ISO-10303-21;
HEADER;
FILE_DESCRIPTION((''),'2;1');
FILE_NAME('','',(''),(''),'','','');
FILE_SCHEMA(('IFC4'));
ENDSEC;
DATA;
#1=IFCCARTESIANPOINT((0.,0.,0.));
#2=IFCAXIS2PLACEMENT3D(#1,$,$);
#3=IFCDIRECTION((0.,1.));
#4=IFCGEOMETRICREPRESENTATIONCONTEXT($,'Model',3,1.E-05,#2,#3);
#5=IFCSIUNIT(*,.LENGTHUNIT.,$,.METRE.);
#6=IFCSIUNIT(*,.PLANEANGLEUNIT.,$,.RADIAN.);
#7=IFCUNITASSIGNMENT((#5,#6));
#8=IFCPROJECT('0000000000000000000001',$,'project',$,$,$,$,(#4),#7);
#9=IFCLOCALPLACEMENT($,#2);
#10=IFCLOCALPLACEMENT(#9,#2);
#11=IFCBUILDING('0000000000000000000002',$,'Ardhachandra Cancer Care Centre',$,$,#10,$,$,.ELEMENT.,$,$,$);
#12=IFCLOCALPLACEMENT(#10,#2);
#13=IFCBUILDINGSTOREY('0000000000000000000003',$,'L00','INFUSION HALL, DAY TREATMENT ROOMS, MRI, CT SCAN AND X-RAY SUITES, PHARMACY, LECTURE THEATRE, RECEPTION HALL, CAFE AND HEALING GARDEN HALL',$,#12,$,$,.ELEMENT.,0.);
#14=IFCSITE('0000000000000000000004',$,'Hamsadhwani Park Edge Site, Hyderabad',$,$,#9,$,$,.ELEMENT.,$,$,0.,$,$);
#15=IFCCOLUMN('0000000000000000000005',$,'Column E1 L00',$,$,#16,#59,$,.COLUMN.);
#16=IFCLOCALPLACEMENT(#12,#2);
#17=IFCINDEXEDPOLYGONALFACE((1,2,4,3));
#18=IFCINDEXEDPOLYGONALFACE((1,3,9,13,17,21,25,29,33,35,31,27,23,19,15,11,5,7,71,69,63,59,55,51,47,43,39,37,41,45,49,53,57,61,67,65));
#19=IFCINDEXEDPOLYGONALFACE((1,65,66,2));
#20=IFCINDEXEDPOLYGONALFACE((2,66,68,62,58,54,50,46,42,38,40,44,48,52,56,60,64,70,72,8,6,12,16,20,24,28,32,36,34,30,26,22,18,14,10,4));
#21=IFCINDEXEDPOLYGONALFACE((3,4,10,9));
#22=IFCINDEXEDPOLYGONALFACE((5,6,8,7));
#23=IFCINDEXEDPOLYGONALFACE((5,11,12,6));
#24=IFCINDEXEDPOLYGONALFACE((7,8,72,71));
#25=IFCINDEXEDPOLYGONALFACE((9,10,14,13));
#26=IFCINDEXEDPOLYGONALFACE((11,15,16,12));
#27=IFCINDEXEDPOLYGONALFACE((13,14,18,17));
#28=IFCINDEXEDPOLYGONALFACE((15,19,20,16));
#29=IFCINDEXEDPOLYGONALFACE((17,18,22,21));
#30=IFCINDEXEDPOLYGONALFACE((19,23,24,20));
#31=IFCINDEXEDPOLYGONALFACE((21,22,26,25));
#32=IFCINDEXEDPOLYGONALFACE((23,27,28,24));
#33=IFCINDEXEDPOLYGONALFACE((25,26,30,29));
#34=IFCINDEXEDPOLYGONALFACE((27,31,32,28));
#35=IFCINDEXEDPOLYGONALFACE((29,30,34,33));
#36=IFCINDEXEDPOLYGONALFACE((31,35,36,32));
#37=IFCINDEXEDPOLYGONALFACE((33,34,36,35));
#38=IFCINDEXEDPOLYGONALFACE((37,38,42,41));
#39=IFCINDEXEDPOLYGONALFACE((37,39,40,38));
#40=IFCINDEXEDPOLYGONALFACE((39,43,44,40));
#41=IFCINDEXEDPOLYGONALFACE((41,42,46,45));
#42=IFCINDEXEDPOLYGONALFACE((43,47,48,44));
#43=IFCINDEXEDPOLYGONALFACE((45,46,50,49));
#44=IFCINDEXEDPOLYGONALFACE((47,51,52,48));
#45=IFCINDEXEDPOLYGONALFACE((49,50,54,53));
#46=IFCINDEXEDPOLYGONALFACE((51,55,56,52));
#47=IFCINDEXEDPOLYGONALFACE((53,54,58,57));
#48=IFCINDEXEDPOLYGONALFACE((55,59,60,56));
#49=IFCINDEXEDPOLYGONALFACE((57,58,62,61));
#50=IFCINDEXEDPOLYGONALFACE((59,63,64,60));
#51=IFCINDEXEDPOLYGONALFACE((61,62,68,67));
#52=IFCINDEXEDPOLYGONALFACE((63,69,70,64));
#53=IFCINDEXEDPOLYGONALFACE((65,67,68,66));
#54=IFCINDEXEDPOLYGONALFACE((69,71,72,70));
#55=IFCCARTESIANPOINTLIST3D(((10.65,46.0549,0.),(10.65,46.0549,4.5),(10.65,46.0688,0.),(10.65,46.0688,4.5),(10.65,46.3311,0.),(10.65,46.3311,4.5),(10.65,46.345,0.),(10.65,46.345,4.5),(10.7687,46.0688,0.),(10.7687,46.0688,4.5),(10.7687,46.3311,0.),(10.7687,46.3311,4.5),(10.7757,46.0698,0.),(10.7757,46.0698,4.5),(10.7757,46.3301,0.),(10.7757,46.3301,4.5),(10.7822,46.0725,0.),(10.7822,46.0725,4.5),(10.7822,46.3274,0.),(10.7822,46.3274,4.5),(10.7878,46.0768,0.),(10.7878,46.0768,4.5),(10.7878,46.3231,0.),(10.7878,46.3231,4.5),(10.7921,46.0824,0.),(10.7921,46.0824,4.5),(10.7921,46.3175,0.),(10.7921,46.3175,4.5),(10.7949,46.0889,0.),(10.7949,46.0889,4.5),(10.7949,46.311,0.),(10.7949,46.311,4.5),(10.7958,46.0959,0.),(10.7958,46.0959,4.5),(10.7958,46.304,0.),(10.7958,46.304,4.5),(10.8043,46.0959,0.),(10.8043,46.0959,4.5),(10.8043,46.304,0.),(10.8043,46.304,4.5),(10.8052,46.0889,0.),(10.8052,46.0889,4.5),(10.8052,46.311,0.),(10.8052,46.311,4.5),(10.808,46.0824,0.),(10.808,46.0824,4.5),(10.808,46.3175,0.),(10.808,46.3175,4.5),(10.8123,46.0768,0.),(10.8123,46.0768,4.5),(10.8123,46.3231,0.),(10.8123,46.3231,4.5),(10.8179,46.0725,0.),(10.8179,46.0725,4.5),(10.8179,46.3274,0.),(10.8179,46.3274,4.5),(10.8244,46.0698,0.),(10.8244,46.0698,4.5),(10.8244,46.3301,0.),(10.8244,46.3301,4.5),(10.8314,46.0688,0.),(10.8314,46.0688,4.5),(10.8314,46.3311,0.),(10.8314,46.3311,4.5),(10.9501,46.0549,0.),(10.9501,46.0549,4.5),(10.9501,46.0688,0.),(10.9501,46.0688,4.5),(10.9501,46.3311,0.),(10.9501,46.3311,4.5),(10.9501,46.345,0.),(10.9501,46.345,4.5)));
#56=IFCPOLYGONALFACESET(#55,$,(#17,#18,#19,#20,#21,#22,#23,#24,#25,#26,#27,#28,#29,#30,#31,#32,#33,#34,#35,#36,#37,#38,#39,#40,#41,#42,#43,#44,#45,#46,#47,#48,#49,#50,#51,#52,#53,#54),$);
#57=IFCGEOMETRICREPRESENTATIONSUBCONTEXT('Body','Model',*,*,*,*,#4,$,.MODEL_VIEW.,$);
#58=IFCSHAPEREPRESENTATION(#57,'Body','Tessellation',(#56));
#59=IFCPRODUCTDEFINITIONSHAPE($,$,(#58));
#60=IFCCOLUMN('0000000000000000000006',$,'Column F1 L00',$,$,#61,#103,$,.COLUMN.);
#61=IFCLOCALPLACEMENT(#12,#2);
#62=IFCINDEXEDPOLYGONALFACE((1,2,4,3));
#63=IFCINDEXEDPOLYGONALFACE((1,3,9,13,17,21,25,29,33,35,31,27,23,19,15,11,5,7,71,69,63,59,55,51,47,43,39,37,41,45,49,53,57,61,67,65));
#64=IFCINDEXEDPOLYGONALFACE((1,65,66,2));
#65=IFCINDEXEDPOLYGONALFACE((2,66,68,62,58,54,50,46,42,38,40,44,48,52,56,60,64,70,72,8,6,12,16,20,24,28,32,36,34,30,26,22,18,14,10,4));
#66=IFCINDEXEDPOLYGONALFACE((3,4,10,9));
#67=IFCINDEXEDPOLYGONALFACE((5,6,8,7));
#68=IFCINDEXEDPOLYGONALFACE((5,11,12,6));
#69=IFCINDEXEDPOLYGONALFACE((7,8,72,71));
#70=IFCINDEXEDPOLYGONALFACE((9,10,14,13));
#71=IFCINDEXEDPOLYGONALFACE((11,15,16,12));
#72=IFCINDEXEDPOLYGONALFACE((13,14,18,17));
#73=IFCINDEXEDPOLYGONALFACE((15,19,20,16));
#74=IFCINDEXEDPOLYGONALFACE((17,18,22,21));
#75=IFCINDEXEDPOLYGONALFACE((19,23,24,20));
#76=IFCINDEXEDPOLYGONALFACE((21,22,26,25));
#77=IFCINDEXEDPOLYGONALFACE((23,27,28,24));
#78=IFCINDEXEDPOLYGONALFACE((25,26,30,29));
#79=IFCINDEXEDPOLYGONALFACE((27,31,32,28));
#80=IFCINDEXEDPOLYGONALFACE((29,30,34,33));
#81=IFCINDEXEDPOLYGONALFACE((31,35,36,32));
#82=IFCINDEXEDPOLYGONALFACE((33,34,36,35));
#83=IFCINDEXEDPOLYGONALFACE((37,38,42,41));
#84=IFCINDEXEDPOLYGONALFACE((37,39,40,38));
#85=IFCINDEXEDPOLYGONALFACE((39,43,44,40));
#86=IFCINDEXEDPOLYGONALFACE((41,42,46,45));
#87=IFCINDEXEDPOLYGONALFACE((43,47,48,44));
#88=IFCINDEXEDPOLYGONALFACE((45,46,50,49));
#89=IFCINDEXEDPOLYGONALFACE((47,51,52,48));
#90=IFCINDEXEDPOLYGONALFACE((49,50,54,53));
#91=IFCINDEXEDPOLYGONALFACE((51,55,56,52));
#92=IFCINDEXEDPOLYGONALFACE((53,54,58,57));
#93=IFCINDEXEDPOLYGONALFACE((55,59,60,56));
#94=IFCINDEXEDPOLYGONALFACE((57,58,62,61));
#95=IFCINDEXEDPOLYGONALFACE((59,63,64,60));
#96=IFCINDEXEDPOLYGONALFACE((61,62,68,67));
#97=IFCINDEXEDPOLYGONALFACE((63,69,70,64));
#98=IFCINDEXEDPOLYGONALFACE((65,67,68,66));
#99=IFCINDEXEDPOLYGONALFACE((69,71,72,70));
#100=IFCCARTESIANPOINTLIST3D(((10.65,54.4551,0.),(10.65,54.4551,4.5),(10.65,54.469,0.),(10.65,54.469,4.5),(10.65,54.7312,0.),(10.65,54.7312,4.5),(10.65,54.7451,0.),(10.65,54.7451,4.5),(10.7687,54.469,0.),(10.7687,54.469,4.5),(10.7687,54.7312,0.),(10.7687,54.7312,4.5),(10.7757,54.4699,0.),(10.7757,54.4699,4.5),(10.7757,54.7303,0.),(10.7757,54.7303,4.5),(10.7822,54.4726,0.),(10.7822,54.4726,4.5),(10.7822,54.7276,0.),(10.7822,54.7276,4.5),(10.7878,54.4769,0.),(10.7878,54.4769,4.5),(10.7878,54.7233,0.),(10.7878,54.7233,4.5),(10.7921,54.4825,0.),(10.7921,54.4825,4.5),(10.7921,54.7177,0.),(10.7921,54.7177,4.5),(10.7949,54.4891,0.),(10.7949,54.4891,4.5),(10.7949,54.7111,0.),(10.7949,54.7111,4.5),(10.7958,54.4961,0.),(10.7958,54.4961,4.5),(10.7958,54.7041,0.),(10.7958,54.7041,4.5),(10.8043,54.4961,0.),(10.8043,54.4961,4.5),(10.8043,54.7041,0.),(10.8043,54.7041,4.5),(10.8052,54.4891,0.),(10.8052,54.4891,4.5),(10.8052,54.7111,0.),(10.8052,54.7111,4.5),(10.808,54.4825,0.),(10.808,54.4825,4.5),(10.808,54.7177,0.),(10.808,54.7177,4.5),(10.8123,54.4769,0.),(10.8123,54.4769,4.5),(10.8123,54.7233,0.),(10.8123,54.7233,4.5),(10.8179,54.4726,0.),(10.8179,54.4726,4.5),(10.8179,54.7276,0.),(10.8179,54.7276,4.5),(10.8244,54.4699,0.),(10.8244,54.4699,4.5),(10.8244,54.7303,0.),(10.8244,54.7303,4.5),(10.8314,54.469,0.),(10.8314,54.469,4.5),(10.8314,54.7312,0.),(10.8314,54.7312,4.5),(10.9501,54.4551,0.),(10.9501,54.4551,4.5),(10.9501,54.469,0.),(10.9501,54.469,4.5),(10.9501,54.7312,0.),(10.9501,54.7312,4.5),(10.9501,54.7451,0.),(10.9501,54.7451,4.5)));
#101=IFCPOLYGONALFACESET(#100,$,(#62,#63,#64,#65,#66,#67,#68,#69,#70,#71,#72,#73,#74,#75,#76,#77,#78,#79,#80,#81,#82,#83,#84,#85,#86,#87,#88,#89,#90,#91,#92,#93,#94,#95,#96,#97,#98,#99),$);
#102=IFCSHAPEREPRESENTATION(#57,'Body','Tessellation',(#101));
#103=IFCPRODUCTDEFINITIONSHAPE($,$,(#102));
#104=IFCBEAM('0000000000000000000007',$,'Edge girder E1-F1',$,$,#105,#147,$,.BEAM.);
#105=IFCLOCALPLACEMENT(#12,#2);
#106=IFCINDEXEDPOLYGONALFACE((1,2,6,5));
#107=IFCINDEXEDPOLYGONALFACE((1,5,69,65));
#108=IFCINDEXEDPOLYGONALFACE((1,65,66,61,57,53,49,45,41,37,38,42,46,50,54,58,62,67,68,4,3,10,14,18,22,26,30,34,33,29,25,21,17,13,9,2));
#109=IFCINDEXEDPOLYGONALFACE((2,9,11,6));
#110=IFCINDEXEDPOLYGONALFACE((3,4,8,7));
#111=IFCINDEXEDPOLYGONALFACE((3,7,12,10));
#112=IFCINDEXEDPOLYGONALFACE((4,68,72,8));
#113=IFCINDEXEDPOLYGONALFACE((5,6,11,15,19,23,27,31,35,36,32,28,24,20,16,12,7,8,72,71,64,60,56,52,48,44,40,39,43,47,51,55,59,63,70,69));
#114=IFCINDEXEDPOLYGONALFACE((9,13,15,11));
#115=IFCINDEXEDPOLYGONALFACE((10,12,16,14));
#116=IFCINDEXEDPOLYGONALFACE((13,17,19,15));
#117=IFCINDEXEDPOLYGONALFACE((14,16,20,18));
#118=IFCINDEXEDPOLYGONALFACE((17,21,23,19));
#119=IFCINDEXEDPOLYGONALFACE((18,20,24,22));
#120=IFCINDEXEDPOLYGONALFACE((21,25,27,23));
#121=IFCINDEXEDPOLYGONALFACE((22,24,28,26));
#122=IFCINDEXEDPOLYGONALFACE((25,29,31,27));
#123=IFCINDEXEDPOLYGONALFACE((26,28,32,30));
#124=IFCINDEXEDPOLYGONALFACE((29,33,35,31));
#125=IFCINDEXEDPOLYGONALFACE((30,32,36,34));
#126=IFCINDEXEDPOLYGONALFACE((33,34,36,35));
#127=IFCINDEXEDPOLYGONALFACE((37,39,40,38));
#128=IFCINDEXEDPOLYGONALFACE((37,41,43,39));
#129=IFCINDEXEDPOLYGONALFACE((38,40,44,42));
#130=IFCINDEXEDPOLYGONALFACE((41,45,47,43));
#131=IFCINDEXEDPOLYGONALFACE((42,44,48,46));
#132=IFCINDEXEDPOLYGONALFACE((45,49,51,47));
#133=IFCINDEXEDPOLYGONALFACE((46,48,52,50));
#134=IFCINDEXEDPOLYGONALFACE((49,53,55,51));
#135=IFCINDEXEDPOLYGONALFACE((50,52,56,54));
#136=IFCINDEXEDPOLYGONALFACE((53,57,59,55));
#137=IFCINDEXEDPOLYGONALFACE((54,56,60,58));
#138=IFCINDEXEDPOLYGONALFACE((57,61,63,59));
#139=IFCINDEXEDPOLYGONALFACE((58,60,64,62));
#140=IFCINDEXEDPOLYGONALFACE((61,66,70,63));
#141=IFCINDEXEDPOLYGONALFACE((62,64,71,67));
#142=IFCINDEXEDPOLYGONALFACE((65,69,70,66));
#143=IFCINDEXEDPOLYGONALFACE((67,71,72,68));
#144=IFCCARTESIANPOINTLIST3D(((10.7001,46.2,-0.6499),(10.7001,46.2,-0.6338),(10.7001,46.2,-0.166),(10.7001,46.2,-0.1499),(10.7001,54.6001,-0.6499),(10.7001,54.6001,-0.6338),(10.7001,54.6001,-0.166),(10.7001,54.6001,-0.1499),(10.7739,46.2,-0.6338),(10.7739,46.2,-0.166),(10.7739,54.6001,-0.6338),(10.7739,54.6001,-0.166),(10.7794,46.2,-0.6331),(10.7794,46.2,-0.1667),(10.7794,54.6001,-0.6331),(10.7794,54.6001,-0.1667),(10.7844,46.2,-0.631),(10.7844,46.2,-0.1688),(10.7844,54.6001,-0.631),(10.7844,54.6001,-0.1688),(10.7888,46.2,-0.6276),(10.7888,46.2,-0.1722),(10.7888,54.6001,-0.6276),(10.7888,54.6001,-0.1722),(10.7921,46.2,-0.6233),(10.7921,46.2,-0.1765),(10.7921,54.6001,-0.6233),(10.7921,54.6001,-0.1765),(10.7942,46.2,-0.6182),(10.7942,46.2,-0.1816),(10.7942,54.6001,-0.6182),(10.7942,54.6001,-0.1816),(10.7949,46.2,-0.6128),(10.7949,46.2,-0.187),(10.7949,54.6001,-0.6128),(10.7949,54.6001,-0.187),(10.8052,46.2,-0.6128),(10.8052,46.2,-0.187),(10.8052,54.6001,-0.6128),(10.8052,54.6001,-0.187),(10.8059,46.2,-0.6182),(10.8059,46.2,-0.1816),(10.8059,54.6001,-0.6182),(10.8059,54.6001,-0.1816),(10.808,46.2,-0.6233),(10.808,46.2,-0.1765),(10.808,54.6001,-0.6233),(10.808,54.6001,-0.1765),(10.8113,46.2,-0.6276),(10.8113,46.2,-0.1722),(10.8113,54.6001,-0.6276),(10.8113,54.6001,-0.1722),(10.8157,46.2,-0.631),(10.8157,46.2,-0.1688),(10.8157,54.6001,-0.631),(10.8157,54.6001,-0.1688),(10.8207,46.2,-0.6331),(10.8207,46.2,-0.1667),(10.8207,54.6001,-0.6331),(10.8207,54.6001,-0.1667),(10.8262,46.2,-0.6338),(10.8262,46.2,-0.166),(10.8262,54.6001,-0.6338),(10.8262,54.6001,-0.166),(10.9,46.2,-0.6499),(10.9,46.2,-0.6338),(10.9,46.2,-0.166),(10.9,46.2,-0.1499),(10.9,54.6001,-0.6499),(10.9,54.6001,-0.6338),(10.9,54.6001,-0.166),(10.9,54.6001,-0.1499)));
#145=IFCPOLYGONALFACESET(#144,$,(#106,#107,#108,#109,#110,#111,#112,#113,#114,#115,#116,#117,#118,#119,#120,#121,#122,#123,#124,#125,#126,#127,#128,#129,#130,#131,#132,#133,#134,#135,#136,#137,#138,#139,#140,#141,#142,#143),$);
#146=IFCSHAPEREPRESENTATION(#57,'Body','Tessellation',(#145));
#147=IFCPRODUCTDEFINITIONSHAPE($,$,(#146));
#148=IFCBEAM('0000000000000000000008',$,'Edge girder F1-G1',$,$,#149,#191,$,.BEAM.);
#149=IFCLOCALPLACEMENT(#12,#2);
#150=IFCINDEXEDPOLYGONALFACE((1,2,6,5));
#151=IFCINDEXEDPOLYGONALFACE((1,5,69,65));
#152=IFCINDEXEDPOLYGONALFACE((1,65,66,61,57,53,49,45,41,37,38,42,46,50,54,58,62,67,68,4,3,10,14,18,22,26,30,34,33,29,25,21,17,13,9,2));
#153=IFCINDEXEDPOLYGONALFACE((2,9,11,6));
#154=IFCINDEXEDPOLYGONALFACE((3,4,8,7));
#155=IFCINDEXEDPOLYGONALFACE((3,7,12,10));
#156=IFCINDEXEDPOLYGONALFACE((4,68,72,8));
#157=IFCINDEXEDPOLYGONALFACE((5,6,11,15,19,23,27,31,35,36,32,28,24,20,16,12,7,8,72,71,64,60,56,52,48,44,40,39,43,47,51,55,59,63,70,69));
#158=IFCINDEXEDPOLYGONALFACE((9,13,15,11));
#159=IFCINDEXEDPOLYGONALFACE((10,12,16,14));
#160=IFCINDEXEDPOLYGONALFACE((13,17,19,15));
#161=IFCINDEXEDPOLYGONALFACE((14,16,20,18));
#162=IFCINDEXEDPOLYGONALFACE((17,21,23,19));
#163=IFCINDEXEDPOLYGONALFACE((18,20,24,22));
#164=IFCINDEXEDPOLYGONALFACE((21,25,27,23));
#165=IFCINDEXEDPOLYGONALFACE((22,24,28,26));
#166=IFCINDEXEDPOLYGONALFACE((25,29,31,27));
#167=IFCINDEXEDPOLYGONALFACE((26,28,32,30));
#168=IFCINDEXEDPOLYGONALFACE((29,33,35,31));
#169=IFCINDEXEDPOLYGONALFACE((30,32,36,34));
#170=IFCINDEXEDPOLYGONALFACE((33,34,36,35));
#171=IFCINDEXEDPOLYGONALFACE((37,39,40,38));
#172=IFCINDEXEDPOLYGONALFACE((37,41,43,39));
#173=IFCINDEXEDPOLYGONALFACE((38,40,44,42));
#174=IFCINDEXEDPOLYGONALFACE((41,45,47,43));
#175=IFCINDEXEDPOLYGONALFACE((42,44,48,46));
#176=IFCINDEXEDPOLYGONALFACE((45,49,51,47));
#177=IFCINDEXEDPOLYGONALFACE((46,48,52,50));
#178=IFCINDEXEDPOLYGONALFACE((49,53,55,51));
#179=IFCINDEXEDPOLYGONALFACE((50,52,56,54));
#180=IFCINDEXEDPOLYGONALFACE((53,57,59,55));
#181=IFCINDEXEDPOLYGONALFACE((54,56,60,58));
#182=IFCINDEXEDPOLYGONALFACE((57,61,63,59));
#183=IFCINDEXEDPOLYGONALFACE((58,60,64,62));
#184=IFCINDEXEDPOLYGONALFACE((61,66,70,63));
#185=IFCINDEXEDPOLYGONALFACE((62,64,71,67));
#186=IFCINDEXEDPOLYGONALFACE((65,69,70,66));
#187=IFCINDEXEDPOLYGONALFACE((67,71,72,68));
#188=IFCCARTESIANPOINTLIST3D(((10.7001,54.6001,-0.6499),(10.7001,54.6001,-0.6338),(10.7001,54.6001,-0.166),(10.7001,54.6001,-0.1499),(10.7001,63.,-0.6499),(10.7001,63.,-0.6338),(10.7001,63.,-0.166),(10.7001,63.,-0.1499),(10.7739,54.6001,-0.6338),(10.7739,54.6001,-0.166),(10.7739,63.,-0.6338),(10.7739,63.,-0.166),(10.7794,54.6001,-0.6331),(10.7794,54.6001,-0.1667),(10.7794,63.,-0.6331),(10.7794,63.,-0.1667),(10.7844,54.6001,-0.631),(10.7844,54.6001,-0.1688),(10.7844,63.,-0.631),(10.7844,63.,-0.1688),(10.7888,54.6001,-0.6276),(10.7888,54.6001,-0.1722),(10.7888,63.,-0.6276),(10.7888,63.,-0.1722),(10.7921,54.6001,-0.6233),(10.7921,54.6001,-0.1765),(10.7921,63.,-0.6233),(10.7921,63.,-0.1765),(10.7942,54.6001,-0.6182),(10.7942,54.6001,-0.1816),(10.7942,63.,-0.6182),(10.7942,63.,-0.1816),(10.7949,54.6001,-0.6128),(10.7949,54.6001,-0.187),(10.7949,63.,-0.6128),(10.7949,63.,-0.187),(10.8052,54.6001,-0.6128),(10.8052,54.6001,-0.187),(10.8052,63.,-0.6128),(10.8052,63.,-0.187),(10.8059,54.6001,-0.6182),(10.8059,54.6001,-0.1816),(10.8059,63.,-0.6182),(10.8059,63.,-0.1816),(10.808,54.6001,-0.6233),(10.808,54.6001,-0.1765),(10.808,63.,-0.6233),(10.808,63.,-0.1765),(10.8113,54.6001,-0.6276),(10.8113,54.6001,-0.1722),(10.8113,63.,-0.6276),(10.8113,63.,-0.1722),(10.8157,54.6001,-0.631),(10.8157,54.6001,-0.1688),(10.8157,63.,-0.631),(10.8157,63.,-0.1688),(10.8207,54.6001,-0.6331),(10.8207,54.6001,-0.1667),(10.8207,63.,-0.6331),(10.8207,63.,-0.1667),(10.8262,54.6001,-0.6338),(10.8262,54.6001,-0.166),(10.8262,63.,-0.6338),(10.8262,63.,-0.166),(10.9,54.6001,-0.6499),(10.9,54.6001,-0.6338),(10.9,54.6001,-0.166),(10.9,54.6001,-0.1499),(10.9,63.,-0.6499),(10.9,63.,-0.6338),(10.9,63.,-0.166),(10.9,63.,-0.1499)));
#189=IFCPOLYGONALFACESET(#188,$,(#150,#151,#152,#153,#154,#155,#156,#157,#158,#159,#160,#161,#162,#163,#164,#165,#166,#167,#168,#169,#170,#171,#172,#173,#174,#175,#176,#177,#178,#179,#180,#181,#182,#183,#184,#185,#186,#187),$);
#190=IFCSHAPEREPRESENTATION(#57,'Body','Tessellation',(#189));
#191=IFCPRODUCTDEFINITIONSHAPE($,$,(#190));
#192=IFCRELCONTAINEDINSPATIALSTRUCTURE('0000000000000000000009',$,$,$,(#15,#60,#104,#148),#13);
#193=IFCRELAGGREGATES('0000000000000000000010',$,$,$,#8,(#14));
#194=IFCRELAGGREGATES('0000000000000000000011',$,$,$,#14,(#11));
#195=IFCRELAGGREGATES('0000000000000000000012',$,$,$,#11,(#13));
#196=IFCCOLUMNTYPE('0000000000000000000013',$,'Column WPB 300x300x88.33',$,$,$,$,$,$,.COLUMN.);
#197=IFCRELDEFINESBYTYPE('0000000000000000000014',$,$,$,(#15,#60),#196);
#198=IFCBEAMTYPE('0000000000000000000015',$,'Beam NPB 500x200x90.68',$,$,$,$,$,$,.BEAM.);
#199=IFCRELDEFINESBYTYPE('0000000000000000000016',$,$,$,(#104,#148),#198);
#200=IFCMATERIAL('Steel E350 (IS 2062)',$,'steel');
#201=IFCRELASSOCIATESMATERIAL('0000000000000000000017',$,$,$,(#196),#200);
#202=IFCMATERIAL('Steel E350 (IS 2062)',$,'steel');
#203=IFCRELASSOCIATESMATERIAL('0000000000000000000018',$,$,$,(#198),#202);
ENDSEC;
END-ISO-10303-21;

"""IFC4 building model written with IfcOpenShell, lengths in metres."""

from ifc_helpers import new_model, si_unit, direction, frame, origin, origin_2d, place, context, subcontext, project, spatial, i_section, extrude, material, material_profile, profile_set, type_object, element, save


model = new_model("IFC4")

# Units and contexts
model_context = context("Model", 3, precision=1e-05, world=origin(), true_north=direction((0.0, 1.0)))
body_context = subcontext(model_context, "Body", "Model", "MODEL_VIEW")
ifc_project = project(units=[si_unit("LENGTHUNIT", "METRE"), si_unit("PLANEANGLEUNIT", "RADIAN")], contexts=[model_context])

# Site, building, storey
site_placement = place(None, origin())
site = spatial("IfcSite", under=ifc_project, at=site_placement, Name="Hamsadhwani Park Edge Site, Hyderabad", CompositionType="ELEMENT", RefElevation=0.0)
building_placement = place(site_placement, origin())
building = spatial("IfcBuilding", under=site, at=building_placement, Name="Ardhachandra Cancer Care Centre", CompositionType="ELEMENT")
storey_placement = place(building_placement, origin())
storey = spatial("IfcBuildingStorey", under=building, at=storey_placement, Name="L00", Description="INFUSION HALL, DAY TREATMENT ROOMS, MRI, CT SCAN AND X-RAY SUITES, PHARMACY, LECTURE THEATRE, RECEPTION HALL, CAFE AND HEALING GARDEN HALL", CompositionType="ELEMENT", Elevation=0.0)

# Columns
ifc_material_1 = material(Name="Steel E350 (IS 2062)", Category="steel")
ifc_material_profile_1 = material_profile(ifc_material_1, i_section(OverallWidth=0.3, OverallDepth=0.29, WebThickness=0.0085, FlangeThickness=0.0139, FilletRadius=0.0271, at=origin_2d()), Name="WPB 300x300x88.33")
ifc_profile_set_1 = profile_set([ifc_material_profile_1], Name="Steel E350 (IS 2062)")
column_type = type_object("IfcColumnType", Name="Column WPB 300x300x88.33", PredefinedType="COLUMN", material=ifc_profile_set_1)
for number, where, z_axis, x_axis, name in (
    (1, (10.8, 46.2, 0.0), (0.0, 0.0, 1.0), (1.0, 0.0, 0.0), "Column E1 L00"),
    (2, (10.8, 54.6001, 0.0), (0.0, 0.0, 1.0), (1.0, 0.0, 0.0), "Column F1 L00"),
):
    element("IfcColumn", number, at=place(storey_placement, frame(where, z_axis=z_axis, x_axis=x_axis)), inside=storey, type_object=column_type, Name=name, PredefinedType="COLUMN", context=body_context, shape_type="SweptSolid", body=[
        extrude(i_section(OverallWidth=0.3, OverallDepth=0.29, WebThickness=0.0085, FlangeThickness=0.0139, FilletRadius=0.0271, at=origin_2d()), origin(), (0.0, 0.0, 1.0), 4.5),
    ])

# Beams
ifc_material_2 = material(Name="Steel E350 (IS 2062)", Category="steel")
ifc_material_profile_2 = material_profile(ifc_material_2, i_section(OverallWidth=0.2, OverallDepth=0.5, WebThickness=0.0103, FlangeThickness=0.0161, FilletRadius=0.021, at=origin_2d()), Name="NPB 500x200x90.68")
ifc_profile_set_2 = profile_set([ifc_material_profile_2], Name="Steel E350 (IS 2062)")
beam_type_1 = type_object("IfcBeamType", Name="Beam NPB 500x200x90.68", PredefinedType="BEAM", material=ifc_profile_set_2)
beam_1_placement = place(storey_placement, frame((10.8, 46.2, -0.3999), z_axis=(0.0, 1.0, 0.0), x_axis=(-1.0, 0.0, 0.0)))
element("IfcBeam", 3, at=beam_1_placement, inside=storey, type_object=beam_type_1, Name="Edge girder E1-F1", PredefinedType="BEAM", context=body_context, shape_type="SweptSolid", body=[
    extrude(i_section(OverallWidth=0.2, OverallDepth=0.5, WebThickness=0.0103, FlangeThickness=0.0161, FilletRadius=0.021, at=origin_2d()), origin(), (0.0, 0.0, 1.0), 8.4001),
])
beam_2_placement = place(storey_placement, frame((10.8, 54.6001, -0.3999), z_axis=(0.0, 1.0, 0.0), x_axis=(-1.0, 0.0, 0.0)))
element("IfcBeam", 4, at=beam_2_placement, inside=storey, type_object=beam_type_1, Name="Edge girder F1-G1", PredefinedType="BEAM", context=body_context, shape_type="SweptSolid", body=[
    extrude(i_section(OverallWidth=0.2, OverallDepth=0.5, WebThickness=0.0103, FlangeThickness=0.0161, FilletRadius=0.021, at=origin_2d()), origin(), (0.0, 0.0, 1.0), 8.3999),
])

save(model, "model.ifc")
